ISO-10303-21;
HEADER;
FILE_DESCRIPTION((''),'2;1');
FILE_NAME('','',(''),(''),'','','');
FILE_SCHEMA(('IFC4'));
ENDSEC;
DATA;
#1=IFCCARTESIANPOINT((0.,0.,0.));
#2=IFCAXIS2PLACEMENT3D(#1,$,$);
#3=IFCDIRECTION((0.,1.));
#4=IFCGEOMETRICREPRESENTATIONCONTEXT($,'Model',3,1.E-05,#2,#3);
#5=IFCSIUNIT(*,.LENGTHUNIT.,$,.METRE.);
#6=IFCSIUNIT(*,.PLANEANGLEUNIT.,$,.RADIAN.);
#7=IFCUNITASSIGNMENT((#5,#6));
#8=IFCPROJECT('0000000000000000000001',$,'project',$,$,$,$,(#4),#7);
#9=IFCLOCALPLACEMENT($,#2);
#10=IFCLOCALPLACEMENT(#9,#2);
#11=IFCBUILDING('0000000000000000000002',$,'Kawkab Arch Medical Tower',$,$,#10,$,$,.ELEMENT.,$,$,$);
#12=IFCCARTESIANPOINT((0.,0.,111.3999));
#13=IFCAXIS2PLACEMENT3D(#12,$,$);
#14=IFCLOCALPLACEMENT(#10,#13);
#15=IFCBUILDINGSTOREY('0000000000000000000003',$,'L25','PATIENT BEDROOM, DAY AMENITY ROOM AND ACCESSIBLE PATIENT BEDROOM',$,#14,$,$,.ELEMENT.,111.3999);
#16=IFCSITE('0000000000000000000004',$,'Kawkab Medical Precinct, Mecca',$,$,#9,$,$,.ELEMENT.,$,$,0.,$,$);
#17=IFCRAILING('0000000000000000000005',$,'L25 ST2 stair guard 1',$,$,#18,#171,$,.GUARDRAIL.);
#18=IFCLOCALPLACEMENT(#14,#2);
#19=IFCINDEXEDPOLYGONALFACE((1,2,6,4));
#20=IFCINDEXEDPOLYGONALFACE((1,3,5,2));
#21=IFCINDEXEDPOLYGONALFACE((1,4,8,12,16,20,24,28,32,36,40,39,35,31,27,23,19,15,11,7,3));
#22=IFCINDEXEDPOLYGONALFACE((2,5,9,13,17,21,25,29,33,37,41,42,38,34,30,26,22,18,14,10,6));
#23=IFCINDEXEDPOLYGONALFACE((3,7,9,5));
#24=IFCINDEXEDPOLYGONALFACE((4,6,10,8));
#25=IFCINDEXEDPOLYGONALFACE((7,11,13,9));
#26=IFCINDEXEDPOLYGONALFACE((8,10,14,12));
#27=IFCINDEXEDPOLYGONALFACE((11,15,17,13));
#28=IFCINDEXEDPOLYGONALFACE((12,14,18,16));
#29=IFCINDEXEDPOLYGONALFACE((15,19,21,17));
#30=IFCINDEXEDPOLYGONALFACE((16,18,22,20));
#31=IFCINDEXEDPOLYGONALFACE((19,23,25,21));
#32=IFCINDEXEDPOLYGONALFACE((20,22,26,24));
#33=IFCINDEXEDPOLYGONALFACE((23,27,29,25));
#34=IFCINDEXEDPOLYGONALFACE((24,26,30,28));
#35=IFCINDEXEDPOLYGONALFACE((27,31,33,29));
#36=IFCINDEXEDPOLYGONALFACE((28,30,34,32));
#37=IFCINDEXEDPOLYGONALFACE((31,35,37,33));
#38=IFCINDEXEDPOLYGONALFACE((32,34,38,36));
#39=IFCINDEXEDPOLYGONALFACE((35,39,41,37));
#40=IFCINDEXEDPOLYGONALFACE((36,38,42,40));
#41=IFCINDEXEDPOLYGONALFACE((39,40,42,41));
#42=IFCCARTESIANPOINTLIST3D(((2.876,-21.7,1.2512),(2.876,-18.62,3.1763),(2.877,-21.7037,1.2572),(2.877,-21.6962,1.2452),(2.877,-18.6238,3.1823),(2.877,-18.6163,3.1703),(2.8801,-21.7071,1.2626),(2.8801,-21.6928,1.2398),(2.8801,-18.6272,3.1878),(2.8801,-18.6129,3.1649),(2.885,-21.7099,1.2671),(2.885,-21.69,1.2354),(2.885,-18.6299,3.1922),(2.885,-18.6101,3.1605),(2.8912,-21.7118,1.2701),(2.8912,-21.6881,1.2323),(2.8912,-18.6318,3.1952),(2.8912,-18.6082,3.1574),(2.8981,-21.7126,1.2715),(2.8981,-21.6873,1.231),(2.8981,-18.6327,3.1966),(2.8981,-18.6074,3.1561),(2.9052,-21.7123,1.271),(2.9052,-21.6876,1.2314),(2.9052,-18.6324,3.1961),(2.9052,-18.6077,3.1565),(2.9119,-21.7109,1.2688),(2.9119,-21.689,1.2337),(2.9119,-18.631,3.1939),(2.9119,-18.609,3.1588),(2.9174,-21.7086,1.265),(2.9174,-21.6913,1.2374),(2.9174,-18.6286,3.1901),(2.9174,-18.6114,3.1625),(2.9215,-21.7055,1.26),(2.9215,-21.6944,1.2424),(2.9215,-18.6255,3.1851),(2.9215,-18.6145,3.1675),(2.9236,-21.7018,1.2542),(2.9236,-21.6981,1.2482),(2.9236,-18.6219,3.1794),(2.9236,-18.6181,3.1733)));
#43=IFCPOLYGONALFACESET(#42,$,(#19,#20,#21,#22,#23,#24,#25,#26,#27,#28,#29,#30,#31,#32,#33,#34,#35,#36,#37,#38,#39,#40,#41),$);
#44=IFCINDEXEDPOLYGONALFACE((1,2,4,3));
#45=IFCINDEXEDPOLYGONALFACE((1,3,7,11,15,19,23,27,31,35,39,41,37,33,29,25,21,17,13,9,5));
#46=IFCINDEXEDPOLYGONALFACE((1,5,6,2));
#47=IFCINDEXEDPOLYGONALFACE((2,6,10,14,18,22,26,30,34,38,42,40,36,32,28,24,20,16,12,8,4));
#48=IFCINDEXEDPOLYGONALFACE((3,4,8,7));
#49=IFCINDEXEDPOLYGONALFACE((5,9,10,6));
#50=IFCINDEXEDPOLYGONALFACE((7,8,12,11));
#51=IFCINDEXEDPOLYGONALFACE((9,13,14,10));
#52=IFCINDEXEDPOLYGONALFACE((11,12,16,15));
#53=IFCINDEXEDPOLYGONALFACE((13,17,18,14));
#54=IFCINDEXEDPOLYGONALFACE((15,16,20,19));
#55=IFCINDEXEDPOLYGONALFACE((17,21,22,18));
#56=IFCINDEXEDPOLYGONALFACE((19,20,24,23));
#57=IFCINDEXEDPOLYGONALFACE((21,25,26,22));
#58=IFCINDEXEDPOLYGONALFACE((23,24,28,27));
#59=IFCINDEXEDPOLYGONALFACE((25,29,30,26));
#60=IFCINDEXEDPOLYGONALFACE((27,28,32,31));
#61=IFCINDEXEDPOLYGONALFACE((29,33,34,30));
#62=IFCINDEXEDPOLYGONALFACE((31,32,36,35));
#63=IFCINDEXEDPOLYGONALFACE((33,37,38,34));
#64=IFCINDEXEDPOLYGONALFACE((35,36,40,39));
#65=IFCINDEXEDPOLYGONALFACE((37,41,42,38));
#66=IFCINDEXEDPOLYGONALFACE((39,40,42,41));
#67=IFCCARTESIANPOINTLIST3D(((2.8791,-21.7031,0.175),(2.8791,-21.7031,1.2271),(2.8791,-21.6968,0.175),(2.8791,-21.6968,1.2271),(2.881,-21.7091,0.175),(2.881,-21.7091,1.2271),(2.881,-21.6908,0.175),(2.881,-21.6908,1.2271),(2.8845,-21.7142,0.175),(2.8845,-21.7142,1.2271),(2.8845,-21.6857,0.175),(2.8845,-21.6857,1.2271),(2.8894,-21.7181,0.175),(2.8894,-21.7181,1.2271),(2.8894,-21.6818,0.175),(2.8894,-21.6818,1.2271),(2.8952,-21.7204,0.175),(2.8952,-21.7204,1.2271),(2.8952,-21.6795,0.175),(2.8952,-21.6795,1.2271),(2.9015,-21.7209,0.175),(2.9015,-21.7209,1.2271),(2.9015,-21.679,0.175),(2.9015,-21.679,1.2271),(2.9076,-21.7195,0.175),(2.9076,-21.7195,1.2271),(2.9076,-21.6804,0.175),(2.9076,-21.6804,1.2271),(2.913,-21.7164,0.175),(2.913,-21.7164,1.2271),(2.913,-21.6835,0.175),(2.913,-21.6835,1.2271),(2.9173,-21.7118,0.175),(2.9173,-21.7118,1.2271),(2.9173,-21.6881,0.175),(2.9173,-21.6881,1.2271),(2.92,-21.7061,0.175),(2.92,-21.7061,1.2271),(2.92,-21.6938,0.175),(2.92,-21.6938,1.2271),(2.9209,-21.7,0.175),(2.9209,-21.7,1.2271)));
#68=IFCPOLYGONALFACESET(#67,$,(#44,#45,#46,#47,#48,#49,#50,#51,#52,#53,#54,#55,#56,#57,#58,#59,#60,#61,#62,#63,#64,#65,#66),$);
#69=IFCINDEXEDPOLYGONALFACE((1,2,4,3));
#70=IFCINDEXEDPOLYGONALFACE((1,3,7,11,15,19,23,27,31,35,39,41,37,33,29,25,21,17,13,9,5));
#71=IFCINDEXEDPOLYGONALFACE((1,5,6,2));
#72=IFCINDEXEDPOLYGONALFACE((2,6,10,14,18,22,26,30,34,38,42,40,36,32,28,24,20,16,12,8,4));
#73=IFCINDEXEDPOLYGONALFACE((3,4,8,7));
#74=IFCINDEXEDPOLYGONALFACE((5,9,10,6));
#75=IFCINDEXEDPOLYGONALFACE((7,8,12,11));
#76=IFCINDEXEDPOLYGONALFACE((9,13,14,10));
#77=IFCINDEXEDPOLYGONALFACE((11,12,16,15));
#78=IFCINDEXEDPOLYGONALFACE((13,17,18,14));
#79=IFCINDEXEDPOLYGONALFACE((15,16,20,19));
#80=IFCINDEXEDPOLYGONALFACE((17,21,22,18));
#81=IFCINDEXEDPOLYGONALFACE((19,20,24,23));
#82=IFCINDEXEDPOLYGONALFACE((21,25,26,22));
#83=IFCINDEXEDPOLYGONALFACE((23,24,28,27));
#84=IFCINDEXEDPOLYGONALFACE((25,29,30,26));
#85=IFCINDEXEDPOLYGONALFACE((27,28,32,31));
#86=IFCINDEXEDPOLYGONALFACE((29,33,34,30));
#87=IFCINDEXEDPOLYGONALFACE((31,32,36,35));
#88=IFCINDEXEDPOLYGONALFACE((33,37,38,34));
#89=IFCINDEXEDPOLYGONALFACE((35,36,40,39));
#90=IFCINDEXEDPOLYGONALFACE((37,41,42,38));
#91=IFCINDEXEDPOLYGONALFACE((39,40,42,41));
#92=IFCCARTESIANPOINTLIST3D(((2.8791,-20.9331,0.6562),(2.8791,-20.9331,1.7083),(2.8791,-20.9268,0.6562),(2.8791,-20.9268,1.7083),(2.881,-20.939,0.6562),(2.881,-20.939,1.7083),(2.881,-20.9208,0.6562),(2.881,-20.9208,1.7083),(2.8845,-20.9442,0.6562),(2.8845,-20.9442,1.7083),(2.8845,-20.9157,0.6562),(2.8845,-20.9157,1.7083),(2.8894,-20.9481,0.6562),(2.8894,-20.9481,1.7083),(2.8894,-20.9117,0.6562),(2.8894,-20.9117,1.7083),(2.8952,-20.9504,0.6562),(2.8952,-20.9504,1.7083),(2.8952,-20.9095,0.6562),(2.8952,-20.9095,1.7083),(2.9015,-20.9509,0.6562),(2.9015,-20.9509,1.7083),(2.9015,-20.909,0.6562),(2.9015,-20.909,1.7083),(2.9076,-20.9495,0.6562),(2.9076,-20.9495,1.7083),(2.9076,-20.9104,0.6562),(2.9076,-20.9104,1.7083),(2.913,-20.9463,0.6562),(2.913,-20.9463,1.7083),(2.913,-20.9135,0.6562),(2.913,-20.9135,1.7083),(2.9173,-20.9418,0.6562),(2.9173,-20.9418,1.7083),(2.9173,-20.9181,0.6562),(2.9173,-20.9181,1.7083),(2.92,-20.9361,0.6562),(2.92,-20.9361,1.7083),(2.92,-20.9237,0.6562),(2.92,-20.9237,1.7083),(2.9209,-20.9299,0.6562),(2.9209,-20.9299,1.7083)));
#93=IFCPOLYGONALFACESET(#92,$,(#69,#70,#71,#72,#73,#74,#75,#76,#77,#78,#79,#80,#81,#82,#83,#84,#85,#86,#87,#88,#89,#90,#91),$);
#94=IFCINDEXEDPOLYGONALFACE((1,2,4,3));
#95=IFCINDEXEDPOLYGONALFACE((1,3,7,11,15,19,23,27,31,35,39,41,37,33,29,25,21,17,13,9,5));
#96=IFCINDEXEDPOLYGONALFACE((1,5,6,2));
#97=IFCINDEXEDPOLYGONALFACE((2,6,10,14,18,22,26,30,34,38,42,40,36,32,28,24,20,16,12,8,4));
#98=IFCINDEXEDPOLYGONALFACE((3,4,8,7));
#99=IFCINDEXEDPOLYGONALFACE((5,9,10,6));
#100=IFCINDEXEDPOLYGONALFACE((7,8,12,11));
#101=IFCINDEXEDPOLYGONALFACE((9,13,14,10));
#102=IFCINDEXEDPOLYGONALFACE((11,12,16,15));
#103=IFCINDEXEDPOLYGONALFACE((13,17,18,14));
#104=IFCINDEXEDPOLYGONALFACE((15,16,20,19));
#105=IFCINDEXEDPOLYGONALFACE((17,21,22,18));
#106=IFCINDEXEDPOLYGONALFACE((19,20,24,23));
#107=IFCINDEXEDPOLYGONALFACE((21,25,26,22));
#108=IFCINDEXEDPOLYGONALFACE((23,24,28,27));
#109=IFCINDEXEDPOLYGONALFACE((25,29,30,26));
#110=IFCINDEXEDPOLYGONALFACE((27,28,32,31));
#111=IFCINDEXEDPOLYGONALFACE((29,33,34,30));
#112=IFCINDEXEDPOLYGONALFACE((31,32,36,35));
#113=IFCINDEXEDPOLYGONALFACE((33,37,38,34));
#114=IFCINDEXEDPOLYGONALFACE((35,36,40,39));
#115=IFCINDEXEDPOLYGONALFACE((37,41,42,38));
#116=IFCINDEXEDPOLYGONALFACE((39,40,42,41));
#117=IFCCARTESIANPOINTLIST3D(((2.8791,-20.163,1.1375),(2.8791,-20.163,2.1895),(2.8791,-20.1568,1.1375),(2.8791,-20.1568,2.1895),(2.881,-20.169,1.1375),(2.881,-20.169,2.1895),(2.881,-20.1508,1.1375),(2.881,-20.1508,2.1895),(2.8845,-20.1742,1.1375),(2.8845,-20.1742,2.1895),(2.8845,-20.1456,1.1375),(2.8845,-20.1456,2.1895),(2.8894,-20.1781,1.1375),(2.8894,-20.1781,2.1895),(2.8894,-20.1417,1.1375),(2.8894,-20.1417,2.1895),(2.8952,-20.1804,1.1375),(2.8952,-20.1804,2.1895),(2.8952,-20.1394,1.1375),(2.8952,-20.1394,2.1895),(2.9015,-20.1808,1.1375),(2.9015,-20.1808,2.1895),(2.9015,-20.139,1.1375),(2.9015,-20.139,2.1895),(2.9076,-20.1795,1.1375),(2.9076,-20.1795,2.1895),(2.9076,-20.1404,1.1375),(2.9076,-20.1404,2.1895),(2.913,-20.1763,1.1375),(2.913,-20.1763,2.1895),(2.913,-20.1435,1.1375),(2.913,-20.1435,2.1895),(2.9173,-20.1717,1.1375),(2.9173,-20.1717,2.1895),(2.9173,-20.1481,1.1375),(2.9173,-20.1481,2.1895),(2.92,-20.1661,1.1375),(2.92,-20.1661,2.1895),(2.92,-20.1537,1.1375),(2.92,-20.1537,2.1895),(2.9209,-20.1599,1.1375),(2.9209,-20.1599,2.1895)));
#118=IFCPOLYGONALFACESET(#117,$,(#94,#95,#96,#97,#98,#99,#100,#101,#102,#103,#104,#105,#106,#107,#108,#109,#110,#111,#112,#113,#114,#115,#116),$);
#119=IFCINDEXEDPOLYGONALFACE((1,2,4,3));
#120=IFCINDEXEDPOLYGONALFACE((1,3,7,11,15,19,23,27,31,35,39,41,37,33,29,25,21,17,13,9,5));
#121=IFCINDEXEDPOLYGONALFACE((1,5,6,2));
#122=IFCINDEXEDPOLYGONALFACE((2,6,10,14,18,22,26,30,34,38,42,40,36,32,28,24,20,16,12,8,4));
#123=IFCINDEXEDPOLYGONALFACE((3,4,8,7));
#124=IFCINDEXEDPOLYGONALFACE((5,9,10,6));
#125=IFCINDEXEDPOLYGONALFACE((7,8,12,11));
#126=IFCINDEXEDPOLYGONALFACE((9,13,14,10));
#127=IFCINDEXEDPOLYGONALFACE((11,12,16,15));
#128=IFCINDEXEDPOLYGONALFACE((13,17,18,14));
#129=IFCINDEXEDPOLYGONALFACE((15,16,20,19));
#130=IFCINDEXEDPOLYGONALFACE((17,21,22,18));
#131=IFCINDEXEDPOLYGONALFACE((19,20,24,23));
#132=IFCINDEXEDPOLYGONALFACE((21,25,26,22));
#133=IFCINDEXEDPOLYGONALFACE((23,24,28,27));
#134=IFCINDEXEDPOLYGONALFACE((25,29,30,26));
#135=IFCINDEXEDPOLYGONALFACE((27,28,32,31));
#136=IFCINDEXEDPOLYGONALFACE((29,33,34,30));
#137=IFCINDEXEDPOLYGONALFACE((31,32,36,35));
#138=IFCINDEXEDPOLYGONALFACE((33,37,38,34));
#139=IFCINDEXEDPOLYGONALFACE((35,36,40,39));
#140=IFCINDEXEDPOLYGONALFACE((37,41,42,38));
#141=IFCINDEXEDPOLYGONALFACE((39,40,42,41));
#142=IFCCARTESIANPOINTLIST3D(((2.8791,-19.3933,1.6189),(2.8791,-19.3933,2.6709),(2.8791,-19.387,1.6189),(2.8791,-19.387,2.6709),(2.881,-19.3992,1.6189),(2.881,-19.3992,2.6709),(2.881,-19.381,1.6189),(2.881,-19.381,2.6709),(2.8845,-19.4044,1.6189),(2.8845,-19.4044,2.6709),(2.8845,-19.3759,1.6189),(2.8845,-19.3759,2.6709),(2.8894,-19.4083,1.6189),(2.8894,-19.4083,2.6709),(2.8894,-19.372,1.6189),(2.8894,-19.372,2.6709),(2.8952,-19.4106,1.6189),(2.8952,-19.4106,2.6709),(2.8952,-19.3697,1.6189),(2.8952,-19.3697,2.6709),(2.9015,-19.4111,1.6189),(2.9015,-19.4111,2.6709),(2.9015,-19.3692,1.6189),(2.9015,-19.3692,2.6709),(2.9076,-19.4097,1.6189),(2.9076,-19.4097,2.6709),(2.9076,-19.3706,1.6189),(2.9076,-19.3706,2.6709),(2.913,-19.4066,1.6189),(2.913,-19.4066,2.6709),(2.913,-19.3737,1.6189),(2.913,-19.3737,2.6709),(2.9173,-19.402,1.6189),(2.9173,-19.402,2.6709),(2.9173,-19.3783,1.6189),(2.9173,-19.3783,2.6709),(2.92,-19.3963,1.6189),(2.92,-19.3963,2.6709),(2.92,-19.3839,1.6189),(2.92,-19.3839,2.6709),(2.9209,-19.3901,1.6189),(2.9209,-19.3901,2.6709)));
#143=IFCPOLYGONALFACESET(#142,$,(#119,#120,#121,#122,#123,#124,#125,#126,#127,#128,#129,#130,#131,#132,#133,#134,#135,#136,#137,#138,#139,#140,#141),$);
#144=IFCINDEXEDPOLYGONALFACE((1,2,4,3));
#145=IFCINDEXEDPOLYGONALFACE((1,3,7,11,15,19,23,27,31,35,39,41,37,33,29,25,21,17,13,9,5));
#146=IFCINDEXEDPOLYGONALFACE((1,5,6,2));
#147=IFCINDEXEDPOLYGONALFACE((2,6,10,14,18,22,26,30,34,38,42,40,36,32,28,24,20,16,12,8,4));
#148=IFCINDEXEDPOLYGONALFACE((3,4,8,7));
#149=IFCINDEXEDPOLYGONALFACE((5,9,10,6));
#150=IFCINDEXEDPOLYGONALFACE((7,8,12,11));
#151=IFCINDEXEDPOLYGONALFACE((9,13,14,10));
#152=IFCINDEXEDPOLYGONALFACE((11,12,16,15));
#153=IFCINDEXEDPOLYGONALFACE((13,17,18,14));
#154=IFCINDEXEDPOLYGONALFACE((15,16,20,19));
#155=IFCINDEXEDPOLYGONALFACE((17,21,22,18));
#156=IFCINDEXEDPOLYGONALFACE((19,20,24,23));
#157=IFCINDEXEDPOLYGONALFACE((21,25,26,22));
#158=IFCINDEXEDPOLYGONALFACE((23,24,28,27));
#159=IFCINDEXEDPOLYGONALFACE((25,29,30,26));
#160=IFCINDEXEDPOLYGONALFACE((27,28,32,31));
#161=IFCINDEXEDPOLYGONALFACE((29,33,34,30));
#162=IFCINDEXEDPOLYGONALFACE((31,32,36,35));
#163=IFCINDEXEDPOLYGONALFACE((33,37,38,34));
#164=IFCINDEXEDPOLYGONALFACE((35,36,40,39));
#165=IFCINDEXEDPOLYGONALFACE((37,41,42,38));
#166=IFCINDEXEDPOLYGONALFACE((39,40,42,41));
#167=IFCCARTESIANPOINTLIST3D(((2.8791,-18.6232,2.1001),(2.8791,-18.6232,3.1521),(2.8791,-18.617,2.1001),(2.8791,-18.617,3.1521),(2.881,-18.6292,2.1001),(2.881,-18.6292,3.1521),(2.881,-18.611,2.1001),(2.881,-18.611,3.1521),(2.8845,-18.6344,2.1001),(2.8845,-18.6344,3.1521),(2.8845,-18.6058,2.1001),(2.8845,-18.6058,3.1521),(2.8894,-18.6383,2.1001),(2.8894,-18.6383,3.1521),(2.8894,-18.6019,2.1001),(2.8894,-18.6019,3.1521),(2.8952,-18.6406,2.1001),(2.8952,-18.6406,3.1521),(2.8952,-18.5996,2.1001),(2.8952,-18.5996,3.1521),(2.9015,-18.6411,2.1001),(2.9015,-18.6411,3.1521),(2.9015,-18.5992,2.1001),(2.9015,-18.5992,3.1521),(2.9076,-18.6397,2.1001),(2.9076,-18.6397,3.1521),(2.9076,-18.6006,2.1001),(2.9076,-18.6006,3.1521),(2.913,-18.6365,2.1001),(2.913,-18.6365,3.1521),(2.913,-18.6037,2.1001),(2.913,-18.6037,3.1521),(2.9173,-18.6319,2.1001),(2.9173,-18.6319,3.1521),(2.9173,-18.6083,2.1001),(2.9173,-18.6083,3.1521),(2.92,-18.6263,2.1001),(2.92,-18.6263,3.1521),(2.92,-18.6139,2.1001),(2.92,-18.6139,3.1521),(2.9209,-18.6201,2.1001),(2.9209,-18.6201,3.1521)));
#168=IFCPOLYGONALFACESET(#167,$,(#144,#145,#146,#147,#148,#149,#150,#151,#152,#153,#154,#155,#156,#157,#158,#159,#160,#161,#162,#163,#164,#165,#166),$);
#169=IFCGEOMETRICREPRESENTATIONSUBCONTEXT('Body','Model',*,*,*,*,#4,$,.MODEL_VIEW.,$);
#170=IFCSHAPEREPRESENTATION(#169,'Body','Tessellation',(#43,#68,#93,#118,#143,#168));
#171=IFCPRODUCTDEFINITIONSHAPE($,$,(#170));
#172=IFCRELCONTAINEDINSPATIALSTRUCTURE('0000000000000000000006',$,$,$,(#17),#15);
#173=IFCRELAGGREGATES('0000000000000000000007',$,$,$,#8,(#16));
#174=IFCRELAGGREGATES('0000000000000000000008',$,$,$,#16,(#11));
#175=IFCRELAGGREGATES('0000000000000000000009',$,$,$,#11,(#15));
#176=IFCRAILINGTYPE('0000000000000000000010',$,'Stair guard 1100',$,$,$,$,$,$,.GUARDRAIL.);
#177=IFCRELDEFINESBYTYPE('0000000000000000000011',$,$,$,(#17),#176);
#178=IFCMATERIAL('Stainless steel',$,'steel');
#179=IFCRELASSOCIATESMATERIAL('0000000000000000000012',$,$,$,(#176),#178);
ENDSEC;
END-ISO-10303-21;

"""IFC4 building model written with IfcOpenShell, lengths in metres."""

from ifc_helpers import new_model, si_unit, direction, frame, origin, origin_2d, place, context, subcontext, project, spatial, circle, extrude, material, type_object, element, save


model = new_model("IFC4")

# Units and contexts
model_context = context("Model", 3, precision=1e-05, world=origin(), true_north=direction((0.0, 1.0)))
body_context = subcontext(model_context, "Body", "Model", "MODEL_VIEW")
ifc_project = project(units=[si_unit("LENGTHUNIT", "METRE"), si_unit("PLANEANGLEUNIT", "RADIAN")], contexts=[model_context])

# Site, building, storey
site_placement = place(None, origin())
site = spatial("IfcSite", under=ifc_project, at=site_placement, Name="Kawkab Medical Precinct, Mecca", CompositionType="ELEMENT", RefElevation=0.0)
building_placement = place(site_placement, origin())
building = spatial("IfcBuilding", under=site, at=building_placement, Name="Kawkab Arch Medical Tower", CompositionType="ELEMENT")
storey_placement = place(building_placement, frame((0.0, 0.0, 111.3999)))
storey = spatial("IfcBuildingStorey", under=building, at=storey_placement, Name="L25", Description="PATIENT BEDROOM, DAY AMENITY ROOM AND ACCESSIBLE PATIENT BEDROOM", CompositionType="ELEMENT", Elevation=111.3999)

# Railing
ifc_material_1 = material(Name="Stainless steel", Category="steel")
railing_type = type_object("IfcRailingType", Name="Stair guard 1100", PredefinedType="GUARDRAIL", material=ifc_material_1)
railing_1_placement = place(storey_placement, frame((2.8999, -21.7, 0.175)))
element("IfcRailing", 1, at=railing_1_placement, inside=storey, type_object=railing_type, Name="L25 ST2 stair guard 1", PredefinedType="GUARDRAIL", context=body_context, shape_type="SweptSolid", body=[
    extrude(circle(Radius=0.0239, at=origin_2d()), frame((0.0, 0.0, 1.0762), z_axis=(0.0, 0.847979, 0.530029), x_axis=(-1.0, 0.0, 0.0)), (0.0, 0.0, 1.0), 3.6321),
    extrude(circle(Radius=0.021, at=origin_2d()), origin(), (0.0, 0.0, 1.0), 1.052),
    extrude(circle(Radius=0.021, at=origin_2d()), frame((0.0, 0.77, 0.4812)), (0.0, 0.0, 1.0), 1.052),
    extrude(circle(Radius=0.021, at=origin_2d()), frame((0.0, 1.54, 0.9624)), (0.0, 0.0, 1.0), 1.052),
    extrude(circle(Radius=0.021, at=origin_2d()), frame((0.0, 2.3098, 1.4438)), (0.0, 0.0, 1.0), 1.052),
    extrude(circle(Radius=0.021, at=origin_2d()), frame((0.0, 3.0798, 1.925)), (0.0, 0.0, 1.0), 1.052),
])

save(model, "model.ifc")
